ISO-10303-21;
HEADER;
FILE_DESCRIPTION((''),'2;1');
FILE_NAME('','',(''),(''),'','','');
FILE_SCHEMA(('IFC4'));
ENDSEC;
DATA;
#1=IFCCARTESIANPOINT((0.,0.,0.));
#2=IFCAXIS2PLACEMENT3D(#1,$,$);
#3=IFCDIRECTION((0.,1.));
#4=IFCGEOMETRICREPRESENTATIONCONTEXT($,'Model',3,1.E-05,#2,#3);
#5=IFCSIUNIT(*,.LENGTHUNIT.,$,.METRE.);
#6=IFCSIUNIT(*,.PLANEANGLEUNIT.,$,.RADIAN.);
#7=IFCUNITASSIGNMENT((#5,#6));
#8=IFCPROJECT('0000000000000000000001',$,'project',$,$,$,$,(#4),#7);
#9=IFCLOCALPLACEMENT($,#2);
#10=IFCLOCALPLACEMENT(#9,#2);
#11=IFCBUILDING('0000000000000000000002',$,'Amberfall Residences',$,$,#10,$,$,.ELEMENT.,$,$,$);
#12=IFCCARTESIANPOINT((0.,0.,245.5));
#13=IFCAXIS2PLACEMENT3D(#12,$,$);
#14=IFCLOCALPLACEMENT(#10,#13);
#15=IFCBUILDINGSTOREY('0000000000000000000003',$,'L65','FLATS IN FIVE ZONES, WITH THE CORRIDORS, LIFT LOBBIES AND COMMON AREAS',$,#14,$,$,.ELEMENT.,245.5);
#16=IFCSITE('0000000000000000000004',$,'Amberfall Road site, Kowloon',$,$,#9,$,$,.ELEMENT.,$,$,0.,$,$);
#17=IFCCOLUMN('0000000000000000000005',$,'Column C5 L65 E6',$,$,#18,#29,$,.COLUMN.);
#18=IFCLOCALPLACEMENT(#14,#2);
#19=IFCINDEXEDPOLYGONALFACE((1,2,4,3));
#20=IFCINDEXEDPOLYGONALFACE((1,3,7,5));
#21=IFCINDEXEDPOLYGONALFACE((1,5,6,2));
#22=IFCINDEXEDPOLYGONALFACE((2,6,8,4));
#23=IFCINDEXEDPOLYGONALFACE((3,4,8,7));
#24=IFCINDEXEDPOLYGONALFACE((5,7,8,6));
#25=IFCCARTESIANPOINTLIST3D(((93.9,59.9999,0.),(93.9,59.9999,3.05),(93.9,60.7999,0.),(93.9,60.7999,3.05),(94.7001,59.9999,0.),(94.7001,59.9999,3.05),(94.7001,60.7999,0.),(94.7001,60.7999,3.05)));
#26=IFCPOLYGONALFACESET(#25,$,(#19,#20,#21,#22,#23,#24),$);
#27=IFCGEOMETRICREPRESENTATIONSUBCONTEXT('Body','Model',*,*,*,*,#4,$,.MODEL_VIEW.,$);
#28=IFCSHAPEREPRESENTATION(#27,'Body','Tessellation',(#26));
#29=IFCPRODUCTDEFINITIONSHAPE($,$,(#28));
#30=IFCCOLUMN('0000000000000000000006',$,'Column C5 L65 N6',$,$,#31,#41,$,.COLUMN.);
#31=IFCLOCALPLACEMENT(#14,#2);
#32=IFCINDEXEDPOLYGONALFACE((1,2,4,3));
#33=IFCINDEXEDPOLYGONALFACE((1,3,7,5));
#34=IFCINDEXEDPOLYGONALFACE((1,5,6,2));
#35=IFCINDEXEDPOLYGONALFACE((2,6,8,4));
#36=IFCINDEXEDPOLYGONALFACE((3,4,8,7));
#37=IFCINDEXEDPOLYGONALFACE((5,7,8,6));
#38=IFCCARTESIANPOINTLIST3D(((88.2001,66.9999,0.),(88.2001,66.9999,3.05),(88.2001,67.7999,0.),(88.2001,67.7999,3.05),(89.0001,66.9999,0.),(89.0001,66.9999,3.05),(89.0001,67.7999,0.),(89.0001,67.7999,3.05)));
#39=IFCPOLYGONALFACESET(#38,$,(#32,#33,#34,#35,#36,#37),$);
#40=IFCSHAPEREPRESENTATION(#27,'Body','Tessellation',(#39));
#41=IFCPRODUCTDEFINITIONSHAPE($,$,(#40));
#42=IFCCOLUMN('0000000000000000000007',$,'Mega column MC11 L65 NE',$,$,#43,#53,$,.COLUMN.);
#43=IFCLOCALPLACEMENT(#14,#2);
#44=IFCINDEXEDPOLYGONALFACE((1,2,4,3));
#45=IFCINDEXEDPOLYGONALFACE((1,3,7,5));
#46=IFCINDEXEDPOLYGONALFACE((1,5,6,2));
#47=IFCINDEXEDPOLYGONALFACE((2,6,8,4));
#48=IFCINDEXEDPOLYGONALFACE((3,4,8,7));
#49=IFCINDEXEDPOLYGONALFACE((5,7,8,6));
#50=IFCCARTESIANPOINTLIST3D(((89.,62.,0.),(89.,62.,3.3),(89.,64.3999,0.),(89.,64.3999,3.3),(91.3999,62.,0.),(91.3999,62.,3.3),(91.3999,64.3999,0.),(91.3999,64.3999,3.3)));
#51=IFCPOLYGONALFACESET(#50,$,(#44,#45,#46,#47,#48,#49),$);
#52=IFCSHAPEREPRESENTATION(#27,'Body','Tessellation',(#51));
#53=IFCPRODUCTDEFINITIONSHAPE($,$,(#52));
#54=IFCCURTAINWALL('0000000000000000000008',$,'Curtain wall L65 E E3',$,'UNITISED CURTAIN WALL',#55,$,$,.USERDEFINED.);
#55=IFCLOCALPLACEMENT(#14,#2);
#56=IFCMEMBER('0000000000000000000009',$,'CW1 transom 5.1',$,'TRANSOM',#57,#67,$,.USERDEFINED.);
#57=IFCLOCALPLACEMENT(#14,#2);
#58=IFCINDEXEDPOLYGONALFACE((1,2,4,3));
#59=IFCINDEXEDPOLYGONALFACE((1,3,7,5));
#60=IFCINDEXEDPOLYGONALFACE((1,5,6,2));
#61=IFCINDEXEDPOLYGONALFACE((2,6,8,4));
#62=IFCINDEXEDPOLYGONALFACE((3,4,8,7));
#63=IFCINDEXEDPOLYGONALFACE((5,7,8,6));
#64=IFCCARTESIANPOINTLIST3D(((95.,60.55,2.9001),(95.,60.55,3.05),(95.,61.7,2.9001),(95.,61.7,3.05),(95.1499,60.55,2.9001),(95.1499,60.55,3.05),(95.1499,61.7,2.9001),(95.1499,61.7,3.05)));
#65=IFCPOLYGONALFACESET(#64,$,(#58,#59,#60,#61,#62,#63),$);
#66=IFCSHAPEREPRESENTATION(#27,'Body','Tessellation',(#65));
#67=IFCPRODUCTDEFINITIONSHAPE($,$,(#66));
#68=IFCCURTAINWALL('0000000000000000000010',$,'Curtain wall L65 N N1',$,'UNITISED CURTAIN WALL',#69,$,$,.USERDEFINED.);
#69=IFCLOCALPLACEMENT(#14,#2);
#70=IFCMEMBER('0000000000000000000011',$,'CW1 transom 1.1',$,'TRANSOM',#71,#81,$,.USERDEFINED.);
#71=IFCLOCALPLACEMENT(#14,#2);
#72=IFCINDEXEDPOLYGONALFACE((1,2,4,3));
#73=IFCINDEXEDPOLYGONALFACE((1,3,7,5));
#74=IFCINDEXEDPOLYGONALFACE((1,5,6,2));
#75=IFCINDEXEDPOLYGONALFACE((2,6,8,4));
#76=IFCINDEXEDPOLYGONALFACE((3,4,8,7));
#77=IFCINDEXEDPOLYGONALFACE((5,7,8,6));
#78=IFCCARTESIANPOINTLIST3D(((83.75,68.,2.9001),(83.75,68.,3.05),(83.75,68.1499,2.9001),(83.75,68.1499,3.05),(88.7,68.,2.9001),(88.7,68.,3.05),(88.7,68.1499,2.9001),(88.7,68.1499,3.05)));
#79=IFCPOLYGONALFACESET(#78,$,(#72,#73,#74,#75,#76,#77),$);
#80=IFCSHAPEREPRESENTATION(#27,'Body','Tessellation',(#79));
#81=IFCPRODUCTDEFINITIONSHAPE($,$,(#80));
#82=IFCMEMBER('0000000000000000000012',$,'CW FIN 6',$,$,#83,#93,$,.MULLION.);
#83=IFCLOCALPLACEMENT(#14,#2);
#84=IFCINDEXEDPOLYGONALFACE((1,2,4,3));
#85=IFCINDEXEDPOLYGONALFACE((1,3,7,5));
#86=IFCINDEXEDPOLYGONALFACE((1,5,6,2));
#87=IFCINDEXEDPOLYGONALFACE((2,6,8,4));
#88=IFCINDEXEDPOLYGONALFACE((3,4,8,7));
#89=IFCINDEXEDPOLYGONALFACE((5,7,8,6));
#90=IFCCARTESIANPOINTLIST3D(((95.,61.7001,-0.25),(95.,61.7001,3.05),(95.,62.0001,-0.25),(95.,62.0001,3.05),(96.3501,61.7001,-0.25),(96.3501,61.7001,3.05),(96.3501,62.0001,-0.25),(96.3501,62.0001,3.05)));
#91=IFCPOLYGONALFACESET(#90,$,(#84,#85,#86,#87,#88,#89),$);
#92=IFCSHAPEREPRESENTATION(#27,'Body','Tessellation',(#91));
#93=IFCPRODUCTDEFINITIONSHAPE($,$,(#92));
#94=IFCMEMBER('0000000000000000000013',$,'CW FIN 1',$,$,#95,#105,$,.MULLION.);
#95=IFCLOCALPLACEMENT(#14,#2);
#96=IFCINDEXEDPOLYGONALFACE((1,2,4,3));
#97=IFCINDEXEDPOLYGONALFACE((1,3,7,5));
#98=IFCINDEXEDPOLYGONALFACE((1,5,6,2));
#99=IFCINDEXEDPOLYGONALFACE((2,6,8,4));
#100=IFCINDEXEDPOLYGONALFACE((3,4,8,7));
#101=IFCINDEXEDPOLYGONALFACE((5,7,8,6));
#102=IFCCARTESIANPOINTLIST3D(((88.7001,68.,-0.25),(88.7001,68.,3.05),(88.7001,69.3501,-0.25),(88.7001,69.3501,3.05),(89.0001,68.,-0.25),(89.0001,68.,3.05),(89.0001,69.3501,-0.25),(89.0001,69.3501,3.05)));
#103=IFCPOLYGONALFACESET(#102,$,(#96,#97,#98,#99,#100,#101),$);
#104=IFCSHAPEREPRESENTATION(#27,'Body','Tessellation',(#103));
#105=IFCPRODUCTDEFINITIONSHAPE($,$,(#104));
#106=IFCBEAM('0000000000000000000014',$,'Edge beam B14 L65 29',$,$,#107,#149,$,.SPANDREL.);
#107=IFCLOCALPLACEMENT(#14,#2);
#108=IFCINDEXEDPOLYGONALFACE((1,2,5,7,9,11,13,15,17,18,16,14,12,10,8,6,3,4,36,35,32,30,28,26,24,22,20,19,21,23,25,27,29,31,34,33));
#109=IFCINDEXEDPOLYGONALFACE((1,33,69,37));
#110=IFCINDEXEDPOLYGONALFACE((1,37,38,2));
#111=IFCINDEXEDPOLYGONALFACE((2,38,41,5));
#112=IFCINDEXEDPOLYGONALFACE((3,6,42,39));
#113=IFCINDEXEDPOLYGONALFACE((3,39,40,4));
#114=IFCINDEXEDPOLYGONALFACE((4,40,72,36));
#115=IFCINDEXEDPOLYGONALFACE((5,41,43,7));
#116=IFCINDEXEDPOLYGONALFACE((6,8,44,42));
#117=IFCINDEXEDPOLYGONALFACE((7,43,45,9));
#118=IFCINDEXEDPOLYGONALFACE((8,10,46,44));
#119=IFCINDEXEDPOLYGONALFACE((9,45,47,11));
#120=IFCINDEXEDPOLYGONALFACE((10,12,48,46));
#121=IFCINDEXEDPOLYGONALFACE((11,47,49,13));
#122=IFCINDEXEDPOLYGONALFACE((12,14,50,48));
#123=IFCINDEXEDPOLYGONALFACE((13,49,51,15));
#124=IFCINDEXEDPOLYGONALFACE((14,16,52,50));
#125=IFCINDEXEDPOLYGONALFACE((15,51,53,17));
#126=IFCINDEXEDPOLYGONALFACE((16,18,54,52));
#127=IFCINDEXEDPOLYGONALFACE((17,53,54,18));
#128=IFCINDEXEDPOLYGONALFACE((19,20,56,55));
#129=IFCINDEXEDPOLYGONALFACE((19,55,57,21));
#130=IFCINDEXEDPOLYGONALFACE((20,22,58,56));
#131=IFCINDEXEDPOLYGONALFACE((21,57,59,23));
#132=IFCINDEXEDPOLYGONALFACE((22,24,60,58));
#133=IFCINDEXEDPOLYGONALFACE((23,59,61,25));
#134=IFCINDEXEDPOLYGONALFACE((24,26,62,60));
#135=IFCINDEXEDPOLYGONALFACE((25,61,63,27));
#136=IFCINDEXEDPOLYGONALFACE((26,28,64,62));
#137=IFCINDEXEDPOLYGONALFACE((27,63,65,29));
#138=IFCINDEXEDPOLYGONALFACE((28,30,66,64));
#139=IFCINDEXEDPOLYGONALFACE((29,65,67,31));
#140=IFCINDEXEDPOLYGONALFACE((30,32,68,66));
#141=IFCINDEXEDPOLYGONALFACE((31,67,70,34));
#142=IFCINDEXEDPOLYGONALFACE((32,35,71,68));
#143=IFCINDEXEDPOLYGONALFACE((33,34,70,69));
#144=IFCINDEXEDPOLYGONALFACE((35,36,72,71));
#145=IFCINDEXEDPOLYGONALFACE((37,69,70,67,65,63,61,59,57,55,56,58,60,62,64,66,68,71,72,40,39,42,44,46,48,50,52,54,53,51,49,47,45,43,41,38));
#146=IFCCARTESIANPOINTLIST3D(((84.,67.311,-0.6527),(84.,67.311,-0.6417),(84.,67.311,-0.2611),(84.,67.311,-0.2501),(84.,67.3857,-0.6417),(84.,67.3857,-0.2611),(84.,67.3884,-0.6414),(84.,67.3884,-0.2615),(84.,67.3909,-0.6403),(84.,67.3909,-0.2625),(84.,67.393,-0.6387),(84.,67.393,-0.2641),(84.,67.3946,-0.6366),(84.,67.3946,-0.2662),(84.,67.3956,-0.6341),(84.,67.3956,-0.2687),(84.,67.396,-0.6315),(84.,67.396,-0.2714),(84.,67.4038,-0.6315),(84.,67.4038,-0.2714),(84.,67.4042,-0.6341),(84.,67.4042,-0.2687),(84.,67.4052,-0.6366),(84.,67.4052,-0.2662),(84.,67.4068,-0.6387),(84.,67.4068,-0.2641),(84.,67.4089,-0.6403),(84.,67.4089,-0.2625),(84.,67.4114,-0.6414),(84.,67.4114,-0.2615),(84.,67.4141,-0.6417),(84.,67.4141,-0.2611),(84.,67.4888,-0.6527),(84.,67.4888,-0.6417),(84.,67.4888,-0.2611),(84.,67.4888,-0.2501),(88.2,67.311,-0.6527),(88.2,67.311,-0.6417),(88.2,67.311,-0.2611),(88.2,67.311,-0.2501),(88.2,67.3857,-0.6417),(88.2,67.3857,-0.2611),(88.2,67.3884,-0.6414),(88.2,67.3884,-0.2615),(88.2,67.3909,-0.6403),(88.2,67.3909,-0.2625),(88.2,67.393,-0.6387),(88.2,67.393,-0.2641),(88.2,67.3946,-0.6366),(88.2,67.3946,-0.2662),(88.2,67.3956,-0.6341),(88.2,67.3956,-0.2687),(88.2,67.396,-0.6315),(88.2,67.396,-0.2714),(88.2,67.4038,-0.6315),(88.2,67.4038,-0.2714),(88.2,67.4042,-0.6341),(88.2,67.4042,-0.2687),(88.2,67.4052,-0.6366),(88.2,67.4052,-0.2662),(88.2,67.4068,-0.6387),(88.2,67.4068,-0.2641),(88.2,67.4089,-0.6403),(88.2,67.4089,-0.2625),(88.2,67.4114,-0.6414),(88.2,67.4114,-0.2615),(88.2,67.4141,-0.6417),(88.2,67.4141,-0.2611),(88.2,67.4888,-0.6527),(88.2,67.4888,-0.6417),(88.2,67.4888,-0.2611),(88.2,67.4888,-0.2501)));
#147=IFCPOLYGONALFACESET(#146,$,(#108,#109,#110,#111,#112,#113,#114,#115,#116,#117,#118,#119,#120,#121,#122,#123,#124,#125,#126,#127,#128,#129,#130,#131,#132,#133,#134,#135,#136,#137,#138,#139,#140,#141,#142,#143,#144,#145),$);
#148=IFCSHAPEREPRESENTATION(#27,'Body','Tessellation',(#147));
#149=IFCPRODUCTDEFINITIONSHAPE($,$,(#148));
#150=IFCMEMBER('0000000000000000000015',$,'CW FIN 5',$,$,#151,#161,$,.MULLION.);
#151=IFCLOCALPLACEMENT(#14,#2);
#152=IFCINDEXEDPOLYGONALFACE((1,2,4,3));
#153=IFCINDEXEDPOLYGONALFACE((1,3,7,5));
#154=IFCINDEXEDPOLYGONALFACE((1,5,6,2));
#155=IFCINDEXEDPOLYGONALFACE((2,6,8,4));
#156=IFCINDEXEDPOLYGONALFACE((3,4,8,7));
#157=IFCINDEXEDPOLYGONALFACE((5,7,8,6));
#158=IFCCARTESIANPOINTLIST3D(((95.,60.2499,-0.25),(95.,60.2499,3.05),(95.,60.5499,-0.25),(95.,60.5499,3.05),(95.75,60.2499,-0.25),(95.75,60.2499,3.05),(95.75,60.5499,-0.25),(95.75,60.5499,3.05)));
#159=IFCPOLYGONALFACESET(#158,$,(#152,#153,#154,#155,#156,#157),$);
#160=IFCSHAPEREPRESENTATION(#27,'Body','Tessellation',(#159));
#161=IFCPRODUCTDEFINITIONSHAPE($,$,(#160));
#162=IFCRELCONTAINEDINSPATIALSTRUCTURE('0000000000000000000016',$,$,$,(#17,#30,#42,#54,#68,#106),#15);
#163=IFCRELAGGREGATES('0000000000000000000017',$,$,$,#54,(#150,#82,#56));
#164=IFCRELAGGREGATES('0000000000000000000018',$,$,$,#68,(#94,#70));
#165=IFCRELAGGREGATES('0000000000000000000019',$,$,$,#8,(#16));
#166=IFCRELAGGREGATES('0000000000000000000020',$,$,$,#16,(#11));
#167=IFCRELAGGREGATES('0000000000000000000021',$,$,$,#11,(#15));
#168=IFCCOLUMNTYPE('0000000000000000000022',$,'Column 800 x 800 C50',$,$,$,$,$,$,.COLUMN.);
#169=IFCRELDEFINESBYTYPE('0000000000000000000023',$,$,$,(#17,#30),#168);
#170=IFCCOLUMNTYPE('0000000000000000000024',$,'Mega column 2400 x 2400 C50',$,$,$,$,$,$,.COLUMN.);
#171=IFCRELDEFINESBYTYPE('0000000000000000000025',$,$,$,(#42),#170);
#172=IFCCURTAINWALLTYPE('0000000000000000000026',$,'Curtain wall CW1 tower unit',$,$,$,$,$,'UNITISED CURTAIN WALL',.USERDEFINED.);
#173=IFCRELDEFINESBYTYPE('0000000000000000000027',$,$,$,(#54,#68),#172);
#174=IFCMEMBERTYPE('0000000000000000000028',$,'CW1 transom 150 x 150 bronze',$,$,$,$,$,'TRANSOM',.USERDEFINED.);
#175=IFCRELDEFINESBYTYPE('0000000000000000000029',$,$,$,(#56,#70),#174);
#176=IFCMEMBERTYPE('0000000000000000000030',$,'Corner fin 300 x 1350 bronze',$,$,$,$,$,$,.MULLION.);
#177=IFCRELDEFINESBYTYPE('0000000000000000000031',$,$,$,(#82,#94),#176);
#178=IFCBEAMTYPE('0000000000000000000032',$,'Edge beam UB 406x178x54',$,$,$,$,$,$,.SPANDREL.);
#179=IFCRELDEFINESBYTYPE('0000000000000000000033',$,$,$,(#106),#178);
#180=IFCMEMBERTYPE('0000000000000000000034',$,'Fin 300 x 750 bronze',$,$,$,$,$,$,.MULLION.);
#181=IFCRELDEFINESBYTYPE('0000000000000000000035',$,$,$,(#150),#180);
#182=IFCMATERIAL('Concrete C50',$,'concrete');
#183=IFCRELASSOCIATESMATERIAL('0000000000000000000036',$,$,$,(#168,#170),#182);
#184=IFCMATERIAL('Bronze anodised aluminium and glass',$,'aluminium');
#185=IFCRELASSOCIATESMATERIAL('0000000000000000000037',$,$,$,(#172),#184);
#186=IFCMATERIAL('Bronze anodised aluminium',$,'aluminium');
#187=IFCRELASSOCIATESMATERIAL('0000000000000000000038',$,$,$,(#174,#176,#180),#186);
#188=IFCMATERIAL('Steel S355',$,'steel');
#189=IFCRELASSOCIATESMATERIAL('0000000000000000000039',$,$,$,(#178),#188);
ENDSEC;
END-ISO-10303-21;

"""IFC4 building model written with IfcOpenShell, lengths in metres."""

from ifc_helpers import new_model, si_unit, direction, frame, origin, origin_2d, place, context, subcontext, project, spatial, rectangle, i_section, extrude, material, material_profile, profile_set, type_object, element, aggregate, save


model = new_model("IFC4")

# Units and contexts
model_context = context("Model", 3, precision=1e-05, world=origin(), true_north=direction((0.0, 1.0)))
body_context = subcontext(model_context, "Body", "Model", "MODEL_VIEW")
ifc_project = project(units=[si_unit("LENGTHUNIT", "METRE"), si_unit("PLANEANGLEUNIT", "RADIAN")], contexts=[model_context])

# Site, building, storey
site_placement = place(None, origin())
site = spatial("IfcSite", under=ifc_project, at=site_placement, Name="Amberfall Road site, Kowloon", CompositionType="ELEMENT", RefElevation=0.0)
building_placement = place(site_placement, origin())
building = spatial("IfcBuilding", under=site, at=building_placement, Name="Amberfall Residences", CompositionType="ELEMENT")
storey_placement = place(building_placement, frame((0.0, 0.0, 245.5)))
storey = spatial("IfcBuildingStorey", under=building, at=storey_placement, Name="L65", Description="FLATS IN FIVE ZONES, WITH THE CORRIDORS, LIFT LOBBIES AND COMMON AREAS", CompositionType="ELEMENT", Elevation=245.5)

# Columns
ifc_material_1 = material(Name="Concrete C50", Category="concrete")
ifc_material_profile_1 = material_profile(ifc_material_1, rectangle(XDim=0.8, YDim=0.8, at=origin_2d()), Name="Column 800 x 800 C50")
ifc_profile_set_1 = profile_set([ifc_material_profile_1], Name="Concrete C50")
column_type_1 = type_object("IfcColumnType", Name="Column 800 x 800 C50", PredefinedType="COLUMN", material=ifc_profile_set_1)
for number, where, z_axis, x_axis, name in (
    (1, (94.3, 60.3999, 0.0), (0.0, 0.0, 1.0), (1.0, 0.0, 0.0), "Column C5 L65 E6"),
    (2, (88.6001, 67.3999, 0.0), (0.0, 0.0, 1.0), (1.0, 0.0, 0.0), "Column C5 L65 N6"),
):
    element("IfcColumn", number, at=place(storey_placement, frame(where, z_axis=z_axis, x_axis=x_axis)), inside=storey, type_object=column_type_1, Name=name, PredefinedType="COLUMN", context=body_context, shape_type="SweptSolid", body=[
        extrude(rectangle(XDim=0.8, YDim=0.8, at=origin_2d()), origin(), (0.0, 0.0, 1.0), 3.05),
    ])
ifc_material_profile_2 = material_profile(ifc_material_1, rectangle(XDim=2.3999, YDim=2.3999, at=origin_2d()), Name="Mega column 2400 x 2400 C50")
ifc_profile_set_2 = profile_set([ifc_material_profile_2], Name="Concrete C50")
column_type_2 = type_object("IfcColumnType", Name="Mega column 2400 x 2400 C50", PredefinedType="COLUMN", material=ifc_profile_set_2)
column_placement = place(storey_placement, frame((90.2, 63.2, 0.0), z_axis=(0.0, 0.0, 1.0), x_axis=(1.0, 0.0, 0.0)))
element("IfcColumn", 3, at=column_placement, inside=storey, type_object=column_type_2, Name="Mega column MC11 L65 NE", PredefinedType="COLUMN", context=body_context, shape_type="SweptSolid", body=[
    extrude(rectangle(XDim=2.3999, YDim=2.3999, at=origin_2d()), origin(), (0.0, 0.0, 1.0), 3.3),
])

# Curtain walls, members
ifc_material_2 = material(Name="Bronze anodised aluminium and glass", Category="aluminium")
curtain_wall_type = type_object("IfcCurtainWallType", Name="Curtain wall CW1 tower unit", ElementType="UNITISED CURTAIN WALL", PredefinedType="USERDEFINED", material=ifc_material_2)
curtain_wall_1_placement = place(storey_placement, origin())
curtain_wall_1 = element("IfcCurtainWall", 4, at=curtain_wall_1_placement, inside=storey, type_object=curtain_wall_type, Name="Curtain wall L65 E E3", ObjectType="UNITISED CURTAIN WALL", PredefinedType="USERDEFINED")
ifc_material_3 = material(Name="Bronze anodised aluminium", Category="aluminium")
ifc_material_profile_3 = material_profile(ifc_material_3, rectangle(XDim=0.1499, YDim=0.1499, at=origin_2d()), Name="CW1 transom 150 x 150 bronze")
ifc_profile_set_3 = profile_set([ifc_material_profile_3], Name="Bronze anodised aluminium")
member_type_1 = type_object("IfcMemberType", Name="CW1 transom 150 x 150 bronze", ElementType="TRANSOM", PredefinedType="USERDEFINED", material=ifc_profile_set_3)
member_1_placement = place(storey_placement, frame((95.075, 60.55, 2.9751), z_axis=(0.0, 1.0, 0.0), x_axis=(-1.0, 0.0, 0.0)))
member_1 = element("IfcMember", 5, at=member_1_placement, type_object=member_type_1, Name="CW1 transom 5.1", ObjectType="TRANSOM", PredefinedType="USERDEFINED", context=body_context, shape_type="SweptSolid", body=[
    extrude(rectangle(XDim=0.1499, YDim=0.1499, at=origin_2d()), origin(), (0.0, 0.0, 1.0), 1.1499),
])
curtain_wall_2_placement = place(storey_placement, origin())
curtain_wall_2 = element("IfcCurtainWall", 6, at=curtain_wall_2_placement, inside=storey, type_object=curtain_wall_type, Name="Curtain wall L65 N N1", ObjectType="UNITISED CURTAIN WALL", PredefinedType="USERDEFINED")
member_2_placement = place(storey_placement, frame((88.7, 68.075, 2.9751), z_axis=(-1.0, 0.0, 0.0), x_axis=(0.0, -1.0, 0.0)))
member_2 = element("IfcMember", 7, at=member_2_placement, type_object=member_type_1, Name="CW1 transom 1.1", ObjectType="TRANSOM", PredefinedType="USERDEFINED", context=body_context, shape_type="SweptSolid", body=[
    extrude(rectangle(XDim=0.1499, YDim=0.1499, at=origin_2d()), origin(), (0.0, 0.0, 1.0), 4.95),
])

# Members
ifc_material_profile_4 = material_profile(ifc_material_3, rectangle(XDim=1.3501, YDim=0.3, at=origin_2d()), Name="Corner fin 300 x 1350 bronze")
ifc_profile_set_4 = profile_set([ifc_material_profile_4], Name="Bronze anodised aluminium")
member_type_2 = type_object("IfcMemberType", Name="Corner fin 300 x 1350 bronze", PredefinedType="MULLION", material=ifc_profile_set_4)
member_3_placement = place(storey_placement, frame((95.675, 61.8501, -0.25), z_axis=(0.0, 0.0, 1.0), x_axis=(-1.0, 0.0, 0.0)))
member_3 = element("IfcMember", 8, at=member_3_placement, type_object=member_type_2, Name="CW FIN 6", PredefinedType="MULLION", context=body_context, shape_type="SweptSolid", body=[
    extrude(rectangle(XDim=1.3501, YDim=0.3, at=origin_2d()), origin(), (0.0, 0.0, 1.0), 3.3),
])
member_4_placement = place(storey_placement, frame((88.8501, 68.675, -0.25), z_axis=(0.0, 0.0, 1.0), x_axis=(0.0, -1.0, 0.0)))
member_4 = element("IfcMember", 9, at=member_4_placement, type_object=member_type_2, Name="CW FIN 1", PredefinedType="MULLION", context=body_context, shape_type="SweptSolid", body=[
    extrude(rectangle(XDim=1.3501, YDim=0.3, at=origin_2d()), origin(), (0.0, 0.0, 1.0), 3.3),
])

# Beam
ifc_material_4 = material(Name="Steel S355", Category="steel")
ifc_material_profile_5 = material_profile(ifc_material_4, i_section(OverallWidth=0.1777, OverallDepth=0.4026, WebThickness=0.0078, FlangeThickness=0.011, FilletRadius=0.0103, at=origin_2d()), Name="UB 406x178x54")
ifc_profile_set_5 = profile_set([ifc_material_profile_5], Name="Steel S355")
beam_type_1 = type_object("IfcBeamType", Name="Edge beam UB 406x178x54", PredefinedType="SPANDREL", material=ifc_profile_set_5)
beam_1_placement = place(storey_placement, frame((84.0, 67.3999, -0.4514), z_axis=(1.0, 0.0, 0.0), x_axis=(0.0, 1.0, 0.0)))
element("IfcBeam", 10, at=beam_1_placement, inside=storey, type_object=beam_type_1, Name="Edge beam B14 L65 29", PredefinedType="SPANDREL", context=body_context, shape_type="SweptSolid", body=[
    extrude(i_section(OverallWidth=0.1777, OverallDepth=0.4026, WebThickness=0.0078, FlangeThickness=0.011, FilletRadius=0.0103, at=origin_2d()), origin(), (0.0, 0.0, 1.0), 4.2),
])

# Member
ifc_material_profile_6 = material_profile(ifc_material_3, rectangle(XDim=0.75, YDim=0.3, at=origin_2d()), Name="Fin 300 x 750 bronze")
ifc_profile_set_6 = profile_set([ifc_material_profile_6], Name="Bronze anodised aluminium")
member_type_3 = type_object("IfcMemberType", Name="Fin 300 x 750 bronze", PredefinedType="MULLION", material=ifc_profile_set_6)
member_5_placement = place(storey_placement, frame((95.375, 60.3999, -0.25), z_axis=(0.0, 0.0, 1.0), x_axis=(-1.0, 0.0, 0.0)))
member_5 = element("IfcMember", 11, at=member_5_placement, type_object=member_type_3, Name="CW FIN 5", PredefinedType="MULLION", context=body_context, shape_type="SweptSolid", body=[
    extrude(rectangle(XDim=0.75, YDim=0.3, at=origin_2d()), origin(), (0.0, 0.0, 1.0), 3.3),
])

aggregate(curtain_wall_1, [member_5, member_3, member_1])
aggregate(curtain_wall_2, [member_4, member_2])

save(model, "model.ifc")
